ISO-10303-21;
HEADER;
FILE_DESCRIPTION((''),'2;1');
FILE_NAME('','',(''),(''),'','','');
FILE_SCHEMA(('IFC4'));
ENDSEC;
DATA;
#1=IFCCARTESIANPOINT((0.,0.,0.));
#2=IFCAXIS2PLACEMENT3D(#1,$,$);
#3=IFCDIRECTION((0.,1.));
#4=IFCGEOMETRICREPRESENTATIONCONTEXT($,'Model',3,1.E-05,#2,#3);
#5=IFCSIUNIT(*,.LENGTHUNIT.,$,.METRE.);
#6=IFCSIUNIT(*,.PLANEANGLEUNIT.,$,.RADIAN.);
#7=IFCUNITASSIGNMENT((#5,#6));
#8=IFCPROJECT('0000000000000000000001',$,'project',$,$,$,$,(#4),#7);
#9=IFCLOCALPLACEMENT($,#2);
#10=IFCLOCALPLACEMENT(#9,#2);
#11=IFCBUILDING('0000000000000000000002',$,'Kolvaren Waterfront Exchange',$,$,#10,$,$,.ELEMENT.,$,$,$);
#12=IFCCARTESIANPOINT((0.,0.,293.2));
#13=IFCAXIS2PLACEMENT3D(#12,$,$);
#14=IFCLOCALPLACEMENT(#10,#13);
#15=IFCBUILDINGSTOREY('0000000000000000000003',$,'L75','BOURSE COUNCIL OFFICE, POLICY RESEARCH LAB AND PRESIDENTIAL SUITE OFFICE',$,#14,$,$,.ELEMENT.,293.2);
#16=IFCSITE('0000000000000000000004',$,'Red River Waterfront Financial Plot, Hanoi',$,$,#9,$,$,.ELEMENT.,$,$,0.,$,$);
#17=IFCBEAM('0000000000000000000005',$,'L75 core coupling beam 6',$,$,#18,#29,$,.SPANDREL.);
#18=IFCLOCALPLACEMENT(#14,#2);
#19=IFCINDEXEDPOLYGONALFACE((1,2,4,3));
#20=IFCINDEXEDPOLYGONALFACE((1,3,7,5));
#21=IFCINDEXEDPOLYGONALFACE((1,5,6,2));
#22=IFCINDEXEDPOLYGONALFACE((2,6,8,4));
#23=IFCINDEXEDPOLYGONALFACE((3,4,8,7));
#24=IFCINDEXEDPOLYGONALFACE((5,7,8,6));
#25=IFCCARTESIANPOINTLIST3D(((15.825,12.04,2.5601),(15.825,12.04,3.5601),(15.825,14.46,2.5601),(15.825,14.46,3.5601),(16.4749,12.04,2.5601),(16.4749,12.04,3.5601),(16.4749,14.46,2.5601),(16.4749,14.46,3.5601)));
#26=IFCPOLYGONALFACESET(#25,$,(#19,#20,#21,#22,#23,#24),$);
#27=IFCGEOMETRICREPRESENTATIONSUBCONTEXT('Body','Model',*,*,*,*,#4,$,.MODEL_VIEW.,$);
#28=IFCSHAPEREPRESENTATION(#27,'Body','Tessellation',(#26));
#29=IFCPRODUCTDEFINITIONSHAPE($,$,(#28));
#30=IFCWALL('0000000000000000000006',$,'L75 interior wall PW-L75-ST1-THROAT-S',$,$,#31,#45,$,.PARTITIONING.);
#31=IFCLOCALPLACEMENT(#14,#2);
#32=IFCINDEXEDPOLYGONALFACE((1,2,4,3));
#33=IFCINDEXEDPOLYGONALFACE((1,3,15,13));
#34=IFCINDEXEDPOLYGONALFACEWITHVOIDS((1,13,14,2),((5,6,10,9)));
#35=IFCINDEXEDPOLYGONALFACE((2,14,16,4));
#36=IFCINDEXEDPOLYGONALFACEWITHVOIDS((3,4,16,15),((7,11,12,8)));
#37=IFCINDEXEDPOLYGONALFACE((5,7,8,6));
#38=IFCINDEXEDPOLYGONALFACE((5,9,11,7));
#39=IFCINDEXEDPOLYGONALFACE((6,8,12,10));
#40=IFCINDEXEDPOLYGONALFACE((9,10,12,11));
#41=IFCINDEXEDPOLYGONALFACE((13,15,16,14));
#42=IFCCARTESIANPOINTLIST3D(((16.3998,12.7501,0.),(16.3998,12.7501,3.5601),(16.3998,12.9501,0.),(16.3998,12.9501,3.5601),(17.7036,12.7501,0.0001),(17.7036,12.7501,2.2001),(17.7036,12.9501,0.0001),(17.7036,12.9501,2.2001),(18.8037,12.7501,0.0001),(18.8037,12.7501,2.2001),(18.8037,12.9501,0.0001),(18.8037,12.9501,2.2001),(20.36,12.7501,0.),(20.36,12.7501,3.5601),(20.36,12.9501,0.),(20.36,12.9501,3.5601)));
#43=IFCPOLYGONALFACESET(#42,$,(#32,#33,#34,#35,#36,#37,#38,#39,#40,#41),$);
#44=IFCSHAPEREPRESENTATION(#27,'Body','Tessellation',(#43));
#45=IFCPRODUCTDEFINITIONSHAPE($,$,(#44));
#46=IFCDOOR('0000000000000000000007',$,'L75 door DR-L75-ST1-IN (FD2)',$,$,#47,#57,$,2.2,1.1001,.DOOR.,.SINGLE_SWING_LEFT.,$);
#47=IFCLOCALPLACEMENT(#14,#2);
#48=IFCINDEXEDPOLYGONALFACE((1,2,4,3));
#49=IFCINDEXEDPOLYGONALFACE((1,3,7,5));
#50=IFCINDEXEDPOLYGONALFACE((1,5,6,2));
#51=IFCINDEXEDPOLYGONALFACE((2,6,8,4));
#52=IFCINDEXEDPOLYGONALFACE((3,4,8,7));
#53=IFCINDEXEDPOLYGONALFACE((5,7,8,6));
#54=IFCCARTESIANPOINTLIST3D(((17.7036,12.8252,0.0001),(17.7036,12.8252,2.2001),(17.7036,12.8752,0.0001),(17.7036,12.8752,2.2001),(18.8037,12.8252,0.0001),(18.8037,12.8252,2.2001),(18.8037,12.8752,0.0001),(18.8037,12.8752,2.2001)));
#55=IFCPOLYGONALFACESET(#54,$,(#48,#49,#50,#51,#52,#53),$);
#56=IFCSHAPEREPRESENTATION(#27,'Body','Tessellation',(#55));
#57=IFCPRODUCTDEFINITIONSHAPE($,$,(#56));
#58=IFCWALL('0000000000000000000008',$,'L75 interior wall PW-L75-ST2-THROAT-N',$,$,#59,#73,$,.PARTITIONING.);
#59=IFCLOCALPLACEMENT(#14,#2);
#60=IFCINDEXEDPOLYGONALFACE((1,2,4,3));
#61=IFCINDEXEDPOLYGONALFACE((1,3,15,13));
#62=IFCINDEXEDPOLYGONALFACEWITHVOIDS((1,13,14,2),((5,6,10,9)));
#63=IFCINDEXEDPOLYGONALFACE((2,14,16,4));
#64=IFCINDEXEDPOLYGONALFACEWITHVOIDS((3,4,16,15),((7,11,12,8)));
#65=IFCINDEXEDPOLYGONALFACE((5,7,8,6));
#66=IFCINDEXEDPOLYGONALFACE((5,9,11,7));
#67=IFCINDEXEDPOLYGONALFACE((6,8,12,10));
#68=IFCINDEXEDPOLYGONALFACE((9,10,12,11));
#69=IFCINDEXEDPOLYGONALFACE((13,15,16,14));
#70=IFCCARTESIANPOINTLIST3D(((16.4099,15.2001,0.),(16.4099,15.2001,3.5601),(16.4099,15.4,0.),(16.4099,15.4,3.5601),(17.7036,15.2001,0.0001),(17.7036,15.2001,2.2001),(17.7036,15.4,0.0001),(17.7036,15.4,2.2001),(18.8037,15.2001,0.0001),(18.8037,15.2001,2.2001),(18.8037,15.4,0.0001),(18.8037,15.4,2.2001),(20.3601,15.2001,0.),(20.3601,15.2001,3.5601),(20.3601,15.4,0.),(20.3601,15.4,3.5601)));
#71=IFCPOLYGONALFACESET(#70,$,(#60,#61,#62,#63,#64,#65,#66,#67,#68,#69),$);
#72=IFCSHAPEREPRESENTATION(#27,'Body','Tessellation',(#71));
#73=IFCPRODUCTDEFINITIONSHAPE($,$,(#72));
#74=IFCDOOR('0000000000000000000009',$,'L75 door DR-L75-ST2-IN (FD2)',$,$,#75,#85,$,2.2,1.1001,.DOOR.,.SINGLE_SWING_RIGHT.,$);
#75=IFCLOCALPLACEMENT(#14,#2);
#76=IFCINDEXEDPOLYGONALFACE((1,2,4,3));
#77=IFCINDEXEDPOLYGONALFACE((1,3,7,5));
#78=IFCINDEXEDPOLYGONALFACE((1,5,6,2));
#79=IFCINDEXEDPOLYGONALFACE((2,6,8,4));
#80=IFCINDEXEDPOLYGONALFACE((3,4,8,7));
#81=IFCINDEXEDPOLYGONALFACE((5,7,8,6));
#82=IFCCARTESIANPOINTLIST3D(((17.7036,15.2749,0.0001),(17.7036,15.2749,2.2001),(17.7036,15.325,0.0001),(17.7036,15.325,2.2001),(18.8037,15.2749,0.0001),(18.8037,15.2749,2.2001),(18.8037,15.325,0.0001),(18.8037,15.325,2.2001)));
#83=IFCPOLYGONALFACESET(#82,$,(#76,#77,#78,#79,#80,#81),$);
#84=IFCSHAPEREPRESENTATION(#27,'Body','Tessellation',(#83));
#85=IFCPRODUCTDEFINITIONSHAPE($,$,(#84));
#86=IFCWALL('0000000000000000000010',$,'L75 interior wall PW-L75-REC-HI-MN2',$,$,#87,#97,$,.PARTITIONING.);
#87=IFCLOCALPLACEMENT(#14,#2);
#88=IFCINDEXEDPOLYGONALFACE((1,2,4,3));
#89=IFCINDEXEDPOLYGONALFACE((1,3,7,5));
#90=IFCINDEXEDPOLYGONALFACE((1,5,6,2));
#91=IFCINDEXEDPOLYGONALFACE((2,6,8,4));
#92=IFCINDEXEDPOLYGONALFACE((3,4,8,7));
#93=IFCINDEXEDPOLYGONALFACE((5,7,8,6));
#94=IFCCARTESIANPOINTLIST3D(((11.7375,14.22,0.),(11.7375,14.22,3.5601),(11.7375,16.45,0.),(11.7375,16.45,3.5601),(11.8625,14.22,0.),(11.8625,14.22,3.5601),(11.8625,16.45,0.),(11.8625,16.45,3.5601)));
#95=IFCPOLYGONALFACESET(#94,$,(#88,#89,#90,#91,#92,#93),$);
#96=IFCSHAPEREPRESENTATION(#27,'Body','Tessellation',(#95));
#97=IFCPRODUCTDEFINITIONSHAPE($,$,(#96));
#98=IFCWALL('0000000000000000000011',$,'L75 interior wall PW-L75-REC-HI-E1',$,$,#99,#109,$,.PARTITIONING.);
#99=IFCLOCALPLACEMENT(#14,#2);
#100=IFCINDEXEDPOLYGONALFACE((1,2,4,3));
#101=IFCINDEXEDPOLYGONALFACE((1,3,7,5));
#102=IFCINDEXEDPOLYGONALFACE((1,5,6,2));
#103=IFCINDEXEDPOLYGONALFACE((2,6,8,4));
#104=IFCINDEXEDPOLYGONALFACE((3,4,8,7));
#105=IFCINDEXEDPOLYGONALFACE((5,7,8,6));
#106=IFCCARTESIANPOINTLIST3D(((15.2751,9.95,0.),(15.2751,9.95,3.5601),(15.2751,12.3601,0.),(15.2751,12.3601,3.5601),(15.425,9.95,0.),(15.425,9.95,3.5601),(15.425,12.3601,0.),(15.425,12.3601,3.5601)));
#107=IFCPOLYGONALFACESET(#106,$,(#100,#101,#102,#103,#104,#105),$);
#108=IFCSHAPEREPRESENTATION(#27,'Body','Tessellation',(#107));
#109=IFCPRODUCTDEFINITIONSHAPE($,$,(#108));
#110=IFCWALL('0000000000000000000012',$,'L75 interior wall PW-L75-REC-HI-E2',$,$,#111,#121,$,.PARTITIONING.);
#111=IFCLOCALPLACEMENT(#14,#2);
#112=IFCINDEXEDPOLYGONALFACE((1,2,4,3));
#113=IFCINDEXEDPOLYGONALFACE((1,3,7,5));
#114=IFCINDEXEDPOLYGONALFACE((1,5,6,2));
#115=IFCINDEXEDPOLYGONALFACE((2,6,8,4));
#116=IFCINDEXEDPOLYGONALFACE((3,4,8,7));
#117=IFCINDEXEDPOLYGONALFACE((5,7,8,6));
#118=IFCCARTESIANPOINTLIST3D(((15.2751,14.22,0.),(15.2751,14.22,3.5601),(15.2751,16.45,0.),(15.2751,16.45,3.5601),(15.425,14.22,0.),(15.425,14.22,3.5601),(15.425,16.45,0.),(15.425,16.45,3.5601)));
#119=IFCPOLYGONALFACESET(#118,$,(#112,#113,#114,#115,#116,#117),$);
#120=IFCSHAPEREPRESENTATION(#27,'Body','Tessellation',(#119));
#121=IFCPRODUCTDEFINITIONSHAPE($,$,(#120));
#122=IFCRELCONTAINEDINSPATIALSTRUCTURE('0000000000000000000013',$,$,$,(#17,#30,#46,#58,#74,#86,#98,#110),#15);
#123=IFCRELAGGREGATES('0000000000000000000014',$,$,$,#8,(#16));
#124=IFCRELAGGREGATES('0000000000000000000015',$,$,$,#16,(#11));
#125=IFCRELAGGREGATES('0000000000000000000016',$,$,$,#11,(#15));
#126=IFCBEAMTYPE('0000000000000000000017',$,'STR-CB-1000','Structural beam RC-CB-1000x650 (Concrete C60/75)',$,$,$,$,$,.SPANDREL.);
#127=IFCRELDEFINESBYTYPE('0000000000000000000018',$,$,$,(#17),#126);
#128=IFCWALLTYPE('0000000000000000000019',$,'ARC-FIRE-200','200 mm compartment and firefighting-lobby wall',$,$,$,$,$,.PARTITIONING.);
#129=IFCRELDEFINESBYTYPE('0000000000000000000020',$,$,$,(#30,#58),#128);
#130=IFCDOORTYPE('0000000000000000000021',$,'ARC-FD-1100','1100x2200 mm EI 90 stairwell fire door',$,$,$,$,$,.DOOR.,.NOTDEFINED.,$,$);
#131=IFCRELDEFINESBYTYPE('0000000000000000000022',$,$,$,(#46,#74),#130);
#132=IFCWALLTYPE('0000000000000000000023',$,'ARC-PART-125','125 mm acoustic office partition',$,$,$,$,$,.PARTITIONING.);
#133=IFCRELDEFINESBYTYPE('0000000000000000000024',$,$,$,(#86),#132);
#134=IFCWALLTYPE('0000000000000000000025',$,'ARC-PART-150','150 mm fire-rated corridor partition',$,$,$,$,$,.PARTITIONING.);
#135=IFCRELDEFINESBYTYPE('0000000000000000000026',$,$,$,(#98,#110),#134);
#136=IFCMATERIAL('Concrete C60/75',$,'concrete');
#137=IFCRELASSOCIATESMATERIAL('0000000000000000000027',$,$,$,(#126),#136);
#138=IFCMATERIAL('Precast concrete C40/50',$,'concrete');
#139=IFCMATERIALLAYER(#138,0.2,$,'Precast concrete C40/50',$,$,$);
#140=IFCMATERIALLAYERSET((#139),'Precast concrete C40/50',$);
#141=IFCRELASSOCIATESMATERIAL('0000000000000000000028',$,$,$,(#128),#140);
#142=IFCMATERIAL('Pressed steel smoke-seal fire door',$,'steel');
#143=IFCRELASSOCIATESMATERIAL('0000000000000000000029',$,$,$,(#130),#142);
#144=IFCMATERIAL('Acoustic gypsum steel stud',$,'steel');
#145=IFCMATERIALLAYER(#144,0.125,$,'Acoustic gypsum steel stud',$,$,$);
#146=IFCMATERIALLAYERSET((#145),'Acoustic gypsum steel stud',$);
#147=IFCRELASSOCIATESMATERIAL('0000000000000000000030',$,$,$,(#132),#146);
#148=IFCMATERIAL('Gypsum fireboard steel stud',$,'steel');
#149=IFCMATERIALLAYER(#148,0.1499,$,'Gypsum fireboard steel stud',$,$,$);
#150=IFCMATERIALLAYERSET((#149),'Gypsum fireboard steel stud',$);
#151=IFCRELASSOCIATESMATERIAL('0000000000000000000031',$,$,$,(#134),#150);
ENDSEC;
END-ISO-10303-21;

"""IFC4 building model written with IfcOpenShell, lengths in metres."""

from ifc_helpers import new_model, si_unit, direction, frame, frame_2d, origin, origin_2d, place, context, subcontext, project, spatial, rectangle, extrude, material, layer, layer_set, material_profile, profile_set, type_object, element, fill, save


model = new_model("IFC4")

# Units and contexts
model_context = context("Model", 3, precision=1e-05, world=origin(), true_north=direction((0.0, 1.0)))
body_context = subcontext(model_context, "Body", "Model", "MODEL_VIEW")
ifc_project = project(units=[si_unit("LENGTHUNIT", "METRE"), si_unit("PLANEANGLEUNIT", "RADIAN")], contexts=[model_context])

# Site, building, storey
site_placement = place(None, origin())
site = spatial("IfcSite", under=ifc_project, at=site_placement, Name="Red River Waterfront Financial Plot, Hanoi", CompositionType="ELEMENT", RefElevation=0.0)
building_placement = place(site_placement, origin())
building = spatial("IfcBuilding", under=site, at=building_placement, Name="Kolvaren Waterfront Exchange", CompositionType="ELEMENT")
storey_placement = place(building_placement, frame((0.0, 0.0, 293.2)))
storey = spatial("IfcBuildingStorey", under=building, at=storey_placement, Name="L75", Description="BOURSE COUNCIL OFFICE, POLICY RESEARCH LAB AND PRESIDENTIAL SUITE OFFICE", CompositionType="ELEMENT", Elevation=293.2)

# Beam
ifc_material_1 = material(Name="Concrete C60/75", Category="concrete")
ifc_material_profile = material_profile(ifc_material_1, rectangle(XDim=0.6499, YDim=1.0, at=origin_2d()), Name="RC-CB-1000x650")
ifc_profile_set = profile_set([ifc_material_profile], Name="Concrete C60/75")
beam_type = type_object("IfcBeamType", Name="STR-CB-1000", Description="Structural beam RC-CB-1000x650 (Concrete C60/75)", PredefinedType="SPANDREL", material=ifc_profile_set)
beam_placement = place(storey_placement, frame((16.1499, 12.04, 3.0601), z_axis=(0.0, 1.0, 0.0), x_axis=(-1.0, 0.0, 0.0)))
element("IfcBeam", 1, at=beam_placement, inside=storey, type_object=beam_type, Name="L75 core coupling beam 6", PredefinedType="SPANDREL", context=body_context, shape_type="SweptSolid", body=[
    extrude(rectangle(XDim=0.6499, YDim=1.0, at=origin_2d()), origin(), (0.0, 0.0, 1.0), 2.4199),
])

# Walls, openings, doors
ifc_material_2 = material(Name="Precast concrete C40/50", Category="concrete")
ifc_layer_1 = layer(ifc_material_2, 0.2, Name="Precast concrete C40/50")
ifc_layer_set_1 = layer_set([ifc_layer_1], Name="Precast concrete C40/50")
wall_type_1 = type_object("IfcWallType", Name="ARC-FIRE-200", Description="200 mm compartment and firefighting-lobby wall", PredefinedType="PARTITIONING", material=ifc_layer_set_1)
wall_1_placement = place(storey_placement, frame((16.3999, 12.8501, 0.0), z_axis=(0.0, 0.0, 1.0), x_axis=(1.0, 0.0, 0.0)))
wall_1 = element("IfcWall", 2, at=wall_1_placement, inside=storey, type_object=wall_type_1, Name="L75 interior wall PW-L75-ST1-THROAT-S", PredefinedType="PARTITIONING", context=body_context, shape_type="SweptSolid", body=[
    extrude(rectangle(XDim=3.9602, YDim=0.2, at=frame_2d((1.98, 0.0))), origin(), (0.0, 0.0, 1.0), 3.5601),
])
opening_1_placement = place(wall_1_placement, frame((1.3037, 0.0, 0.0)))
opening_1 = element("IfcOpeningElement", 3, at=opening_1_placement, cuts=wall_1, PredefinedType="OPENING", context=body_context, shape_type="SweptSolid", body=[
    extrude(rectangle(XDim=1.1001, YDim=2.2, at=frame_2d((0.55, 1.1001))), frame((0.0, 0.1099, 0.0), z_axis=(0.0, -1.0, 0.0), x_axis=(1.0, 0.0, 0.0)), (0.0, 0.0, 1.0), 0.22),
])
ifc_material_3 = material(Name="Pressed steel smoke-seal fire door", Category="steel")
door_type_1 = type_object("IfcDoorType", Name="ARC-FD-1100", Description="1100x2200 mm EI 90 stairwell fire door", OperationType="NOTDEFINED", PredefinedType="DOOR", material=ifc_material_3)
door_1_placement = place(opening_1_placement, frame((1.1001, 0.0, 0.0), z_axis=(0.0, 0.0, 1.0), x_axis=(-1.0, 0.0, 0.0)))
door_1 = element("IfcDoor", 4, at=door_1_placement, inside=storey, type_object=door_type_1, Name="L75 door DR-L75-ST1-IN (FD2)", OperationType="SINGLE_SWING_LEFT", OverallHeight=2.2, OverallWidth=1.1001, PredefinedType="DOOR", context=body_context, shape_type="SweptSolid", body=[
    extrude(rectangle(XDim=1.1001, YDim=2.2, at=frame_2d((0.55, 1.1001))), frame((0.0, 0.0249, 0.0), z_axis=(0.0, -1.0, 0.0), x_axis=(1.0, 0.0, 0.0)), (0.0, 0.0, 1.0), 0.05),
])
fill(opening_1, door_1)
wall_2_placement = place(storey_placement, frame((16.4099, 15.3, 0.0), z_axis=(0.0, 0.0, 1.0), x_axis=(1.0, 0.0, 0.0)))
wall_2 = element("IfcWall", 5, at=wall_2_placement, inside=storey, type_object=wall_type_1, Name="L75 interior wall PW-L75-ST2-THROAT-N", PredefinedType="PARTITIONING", context=body_context, shape_type="SweptSolid", body=[
    extrude(rectangle(XDim=3.9502, YDim=0.2, at=frame_2d((1.9751, 0.0))), origin(), (0.0, 0.0, 1.0), 3.5601),
])
opening_2_placement = place(wall_2_placement, frame((1.2937, 0.0, 0.0)))
opening_2 = element("IfcOpeningElement", 6, at=opening_2_placement, cuts=wall_2, PredefinedType="OPENING", context=body_context, shape_type="SweptSolid", body=[
    extrude(rectangle(XDim=1.1001, YDim=2.2, at=frame_2d((0.55, 1.1001))), frame((0.0, 0.1099, 0.0), z_axis=(0.0, -1.0, 0.0), x_axis=(1.0, 0.0, 0.0)), (0.0, 0.0, 1.0), 0.22),
])
door_2_placement = place(opening_2_placement, origin())
door_2 = element("IfcDoor", 7, at=door_2_placement, inside=storey, type_object=door_type_1, Name="L75 door DR-L75-ST2-IN (FD2)", OperationType="SINGLE_SWING_RIGHT", OverallHeight=2.2, OverallWidth=1.1001, PredefinedType="DOOR", context=body_context, shape_type="SweptSolid", body=[
    extrude(rectangle(XDim=1.1001, YDim=2.2, at=frame_2d((0.55, 1.1001))), frame((0.0, 0.0249, 0.0), z_axis=(0.0, -1.0, 0.0), x_axis=(1.0, 0.0, 0.0)), (0.0, 0.0, 1.0), 0.05),
])
fill(opening_2, door_2)

# Walls
ifc_material_4 = material(Name="Acoustic gypsum steel stud", Category="steel")
ifc_layer_2 = layer(ifc_material_4, 0.125, Name="Acoustic gypsum steel stud")
ifc_layer_set_2 = layer_set([ifc_layer_2], Name="Acoustic gypsum steel stud")
wall_type_2 = type_object("IfcWallType", Name="ARC-PART-125", Description="125 mm acoustic office partition", PredefinedType="PARTITIONING", material=ifc_layer_set_2)
wall_3_placement = place(storey_placement, frame((11.8, 14.22, 0.0), z_axis=(0.0, 0.0, 1.0), x_axis=(0.0, 1.0, 0.0)))
element("IfcWall", 8, at=wall_3_placement, inside=storey, type_object=wall_type_2, Name="L75 interior wall PW-L75-REC-HI-MN2", PredefinedType="PARTITIONING", context=body_context, shape_type="SweptSolid", body=[
    extrude(rectangle(XDim=2.23, YDim=0.125, at=frame_2d((1.115, 0.0))), origin(), (0.0, 0.0, 1.0), 3.5601),
])
ifc_material_5 = material(Name="Gypsum fireboard steel stud", Category="steel")
ifc_layer_3 = layer(ifc_material_5, 0.1499, Name="Gypsum fireboard steel stud")
ifc_layer_set_3 = layer_set([ifc_layer_3], Name="Gypsum fireboard steel stud")
wall_type_3 = type_object("IfcWallType", Name="ARC-PART-150", Description="150 mm fire-rated corridor partition", PredefinedType="PARTITIONING", material=ifc_layer_set_3)
wall_4_placement = place(storey_placement, frame((15.3501, 9.95, 0.0), z_axis=(0.0, 0.0, 1.0), x_axis=(0.0, 1.0, 0.0)))
element("IfcWall", 9, at=wall_4_placement, inside=storey, type_object=wall_type_3, Name="L75 interior wall PW-L75-REC-HI-E1", PredefinedType="PARTITIONING", context=body_context, shape_type="SweptSolid", body=[
    extrude(rectangle(XDim=2.4102, YDim=0.1499, at=frame_2d((1.2051, 0.0))), origin(), (0.0, 0.0, 1.0), 3.5601),
])
wall_5_placement = place(storey_placement, frame((15.3501, 14.22, 0.0), z_axis=(0.0, 0.0, 1.0), x_axis=(0.0, 1.0, 0.0)))
element("IfcWall", 10, at=wall_5_placement, inside=storey, type_object=wall_type_3, Name="L75 interior wall PW-L75-REC-HI-E2", PredefinedType="PARTITIONING", context=body_context, shape_type="SweptSolid", body=[
    extrude(rectangle(XDim=2.23, YDim=0.1499, at=frame_2d((1.115, 0.0))), origin(), (0.0, 0.0, 1.0), 3.5601),
])

save(model, "model.ifc")
